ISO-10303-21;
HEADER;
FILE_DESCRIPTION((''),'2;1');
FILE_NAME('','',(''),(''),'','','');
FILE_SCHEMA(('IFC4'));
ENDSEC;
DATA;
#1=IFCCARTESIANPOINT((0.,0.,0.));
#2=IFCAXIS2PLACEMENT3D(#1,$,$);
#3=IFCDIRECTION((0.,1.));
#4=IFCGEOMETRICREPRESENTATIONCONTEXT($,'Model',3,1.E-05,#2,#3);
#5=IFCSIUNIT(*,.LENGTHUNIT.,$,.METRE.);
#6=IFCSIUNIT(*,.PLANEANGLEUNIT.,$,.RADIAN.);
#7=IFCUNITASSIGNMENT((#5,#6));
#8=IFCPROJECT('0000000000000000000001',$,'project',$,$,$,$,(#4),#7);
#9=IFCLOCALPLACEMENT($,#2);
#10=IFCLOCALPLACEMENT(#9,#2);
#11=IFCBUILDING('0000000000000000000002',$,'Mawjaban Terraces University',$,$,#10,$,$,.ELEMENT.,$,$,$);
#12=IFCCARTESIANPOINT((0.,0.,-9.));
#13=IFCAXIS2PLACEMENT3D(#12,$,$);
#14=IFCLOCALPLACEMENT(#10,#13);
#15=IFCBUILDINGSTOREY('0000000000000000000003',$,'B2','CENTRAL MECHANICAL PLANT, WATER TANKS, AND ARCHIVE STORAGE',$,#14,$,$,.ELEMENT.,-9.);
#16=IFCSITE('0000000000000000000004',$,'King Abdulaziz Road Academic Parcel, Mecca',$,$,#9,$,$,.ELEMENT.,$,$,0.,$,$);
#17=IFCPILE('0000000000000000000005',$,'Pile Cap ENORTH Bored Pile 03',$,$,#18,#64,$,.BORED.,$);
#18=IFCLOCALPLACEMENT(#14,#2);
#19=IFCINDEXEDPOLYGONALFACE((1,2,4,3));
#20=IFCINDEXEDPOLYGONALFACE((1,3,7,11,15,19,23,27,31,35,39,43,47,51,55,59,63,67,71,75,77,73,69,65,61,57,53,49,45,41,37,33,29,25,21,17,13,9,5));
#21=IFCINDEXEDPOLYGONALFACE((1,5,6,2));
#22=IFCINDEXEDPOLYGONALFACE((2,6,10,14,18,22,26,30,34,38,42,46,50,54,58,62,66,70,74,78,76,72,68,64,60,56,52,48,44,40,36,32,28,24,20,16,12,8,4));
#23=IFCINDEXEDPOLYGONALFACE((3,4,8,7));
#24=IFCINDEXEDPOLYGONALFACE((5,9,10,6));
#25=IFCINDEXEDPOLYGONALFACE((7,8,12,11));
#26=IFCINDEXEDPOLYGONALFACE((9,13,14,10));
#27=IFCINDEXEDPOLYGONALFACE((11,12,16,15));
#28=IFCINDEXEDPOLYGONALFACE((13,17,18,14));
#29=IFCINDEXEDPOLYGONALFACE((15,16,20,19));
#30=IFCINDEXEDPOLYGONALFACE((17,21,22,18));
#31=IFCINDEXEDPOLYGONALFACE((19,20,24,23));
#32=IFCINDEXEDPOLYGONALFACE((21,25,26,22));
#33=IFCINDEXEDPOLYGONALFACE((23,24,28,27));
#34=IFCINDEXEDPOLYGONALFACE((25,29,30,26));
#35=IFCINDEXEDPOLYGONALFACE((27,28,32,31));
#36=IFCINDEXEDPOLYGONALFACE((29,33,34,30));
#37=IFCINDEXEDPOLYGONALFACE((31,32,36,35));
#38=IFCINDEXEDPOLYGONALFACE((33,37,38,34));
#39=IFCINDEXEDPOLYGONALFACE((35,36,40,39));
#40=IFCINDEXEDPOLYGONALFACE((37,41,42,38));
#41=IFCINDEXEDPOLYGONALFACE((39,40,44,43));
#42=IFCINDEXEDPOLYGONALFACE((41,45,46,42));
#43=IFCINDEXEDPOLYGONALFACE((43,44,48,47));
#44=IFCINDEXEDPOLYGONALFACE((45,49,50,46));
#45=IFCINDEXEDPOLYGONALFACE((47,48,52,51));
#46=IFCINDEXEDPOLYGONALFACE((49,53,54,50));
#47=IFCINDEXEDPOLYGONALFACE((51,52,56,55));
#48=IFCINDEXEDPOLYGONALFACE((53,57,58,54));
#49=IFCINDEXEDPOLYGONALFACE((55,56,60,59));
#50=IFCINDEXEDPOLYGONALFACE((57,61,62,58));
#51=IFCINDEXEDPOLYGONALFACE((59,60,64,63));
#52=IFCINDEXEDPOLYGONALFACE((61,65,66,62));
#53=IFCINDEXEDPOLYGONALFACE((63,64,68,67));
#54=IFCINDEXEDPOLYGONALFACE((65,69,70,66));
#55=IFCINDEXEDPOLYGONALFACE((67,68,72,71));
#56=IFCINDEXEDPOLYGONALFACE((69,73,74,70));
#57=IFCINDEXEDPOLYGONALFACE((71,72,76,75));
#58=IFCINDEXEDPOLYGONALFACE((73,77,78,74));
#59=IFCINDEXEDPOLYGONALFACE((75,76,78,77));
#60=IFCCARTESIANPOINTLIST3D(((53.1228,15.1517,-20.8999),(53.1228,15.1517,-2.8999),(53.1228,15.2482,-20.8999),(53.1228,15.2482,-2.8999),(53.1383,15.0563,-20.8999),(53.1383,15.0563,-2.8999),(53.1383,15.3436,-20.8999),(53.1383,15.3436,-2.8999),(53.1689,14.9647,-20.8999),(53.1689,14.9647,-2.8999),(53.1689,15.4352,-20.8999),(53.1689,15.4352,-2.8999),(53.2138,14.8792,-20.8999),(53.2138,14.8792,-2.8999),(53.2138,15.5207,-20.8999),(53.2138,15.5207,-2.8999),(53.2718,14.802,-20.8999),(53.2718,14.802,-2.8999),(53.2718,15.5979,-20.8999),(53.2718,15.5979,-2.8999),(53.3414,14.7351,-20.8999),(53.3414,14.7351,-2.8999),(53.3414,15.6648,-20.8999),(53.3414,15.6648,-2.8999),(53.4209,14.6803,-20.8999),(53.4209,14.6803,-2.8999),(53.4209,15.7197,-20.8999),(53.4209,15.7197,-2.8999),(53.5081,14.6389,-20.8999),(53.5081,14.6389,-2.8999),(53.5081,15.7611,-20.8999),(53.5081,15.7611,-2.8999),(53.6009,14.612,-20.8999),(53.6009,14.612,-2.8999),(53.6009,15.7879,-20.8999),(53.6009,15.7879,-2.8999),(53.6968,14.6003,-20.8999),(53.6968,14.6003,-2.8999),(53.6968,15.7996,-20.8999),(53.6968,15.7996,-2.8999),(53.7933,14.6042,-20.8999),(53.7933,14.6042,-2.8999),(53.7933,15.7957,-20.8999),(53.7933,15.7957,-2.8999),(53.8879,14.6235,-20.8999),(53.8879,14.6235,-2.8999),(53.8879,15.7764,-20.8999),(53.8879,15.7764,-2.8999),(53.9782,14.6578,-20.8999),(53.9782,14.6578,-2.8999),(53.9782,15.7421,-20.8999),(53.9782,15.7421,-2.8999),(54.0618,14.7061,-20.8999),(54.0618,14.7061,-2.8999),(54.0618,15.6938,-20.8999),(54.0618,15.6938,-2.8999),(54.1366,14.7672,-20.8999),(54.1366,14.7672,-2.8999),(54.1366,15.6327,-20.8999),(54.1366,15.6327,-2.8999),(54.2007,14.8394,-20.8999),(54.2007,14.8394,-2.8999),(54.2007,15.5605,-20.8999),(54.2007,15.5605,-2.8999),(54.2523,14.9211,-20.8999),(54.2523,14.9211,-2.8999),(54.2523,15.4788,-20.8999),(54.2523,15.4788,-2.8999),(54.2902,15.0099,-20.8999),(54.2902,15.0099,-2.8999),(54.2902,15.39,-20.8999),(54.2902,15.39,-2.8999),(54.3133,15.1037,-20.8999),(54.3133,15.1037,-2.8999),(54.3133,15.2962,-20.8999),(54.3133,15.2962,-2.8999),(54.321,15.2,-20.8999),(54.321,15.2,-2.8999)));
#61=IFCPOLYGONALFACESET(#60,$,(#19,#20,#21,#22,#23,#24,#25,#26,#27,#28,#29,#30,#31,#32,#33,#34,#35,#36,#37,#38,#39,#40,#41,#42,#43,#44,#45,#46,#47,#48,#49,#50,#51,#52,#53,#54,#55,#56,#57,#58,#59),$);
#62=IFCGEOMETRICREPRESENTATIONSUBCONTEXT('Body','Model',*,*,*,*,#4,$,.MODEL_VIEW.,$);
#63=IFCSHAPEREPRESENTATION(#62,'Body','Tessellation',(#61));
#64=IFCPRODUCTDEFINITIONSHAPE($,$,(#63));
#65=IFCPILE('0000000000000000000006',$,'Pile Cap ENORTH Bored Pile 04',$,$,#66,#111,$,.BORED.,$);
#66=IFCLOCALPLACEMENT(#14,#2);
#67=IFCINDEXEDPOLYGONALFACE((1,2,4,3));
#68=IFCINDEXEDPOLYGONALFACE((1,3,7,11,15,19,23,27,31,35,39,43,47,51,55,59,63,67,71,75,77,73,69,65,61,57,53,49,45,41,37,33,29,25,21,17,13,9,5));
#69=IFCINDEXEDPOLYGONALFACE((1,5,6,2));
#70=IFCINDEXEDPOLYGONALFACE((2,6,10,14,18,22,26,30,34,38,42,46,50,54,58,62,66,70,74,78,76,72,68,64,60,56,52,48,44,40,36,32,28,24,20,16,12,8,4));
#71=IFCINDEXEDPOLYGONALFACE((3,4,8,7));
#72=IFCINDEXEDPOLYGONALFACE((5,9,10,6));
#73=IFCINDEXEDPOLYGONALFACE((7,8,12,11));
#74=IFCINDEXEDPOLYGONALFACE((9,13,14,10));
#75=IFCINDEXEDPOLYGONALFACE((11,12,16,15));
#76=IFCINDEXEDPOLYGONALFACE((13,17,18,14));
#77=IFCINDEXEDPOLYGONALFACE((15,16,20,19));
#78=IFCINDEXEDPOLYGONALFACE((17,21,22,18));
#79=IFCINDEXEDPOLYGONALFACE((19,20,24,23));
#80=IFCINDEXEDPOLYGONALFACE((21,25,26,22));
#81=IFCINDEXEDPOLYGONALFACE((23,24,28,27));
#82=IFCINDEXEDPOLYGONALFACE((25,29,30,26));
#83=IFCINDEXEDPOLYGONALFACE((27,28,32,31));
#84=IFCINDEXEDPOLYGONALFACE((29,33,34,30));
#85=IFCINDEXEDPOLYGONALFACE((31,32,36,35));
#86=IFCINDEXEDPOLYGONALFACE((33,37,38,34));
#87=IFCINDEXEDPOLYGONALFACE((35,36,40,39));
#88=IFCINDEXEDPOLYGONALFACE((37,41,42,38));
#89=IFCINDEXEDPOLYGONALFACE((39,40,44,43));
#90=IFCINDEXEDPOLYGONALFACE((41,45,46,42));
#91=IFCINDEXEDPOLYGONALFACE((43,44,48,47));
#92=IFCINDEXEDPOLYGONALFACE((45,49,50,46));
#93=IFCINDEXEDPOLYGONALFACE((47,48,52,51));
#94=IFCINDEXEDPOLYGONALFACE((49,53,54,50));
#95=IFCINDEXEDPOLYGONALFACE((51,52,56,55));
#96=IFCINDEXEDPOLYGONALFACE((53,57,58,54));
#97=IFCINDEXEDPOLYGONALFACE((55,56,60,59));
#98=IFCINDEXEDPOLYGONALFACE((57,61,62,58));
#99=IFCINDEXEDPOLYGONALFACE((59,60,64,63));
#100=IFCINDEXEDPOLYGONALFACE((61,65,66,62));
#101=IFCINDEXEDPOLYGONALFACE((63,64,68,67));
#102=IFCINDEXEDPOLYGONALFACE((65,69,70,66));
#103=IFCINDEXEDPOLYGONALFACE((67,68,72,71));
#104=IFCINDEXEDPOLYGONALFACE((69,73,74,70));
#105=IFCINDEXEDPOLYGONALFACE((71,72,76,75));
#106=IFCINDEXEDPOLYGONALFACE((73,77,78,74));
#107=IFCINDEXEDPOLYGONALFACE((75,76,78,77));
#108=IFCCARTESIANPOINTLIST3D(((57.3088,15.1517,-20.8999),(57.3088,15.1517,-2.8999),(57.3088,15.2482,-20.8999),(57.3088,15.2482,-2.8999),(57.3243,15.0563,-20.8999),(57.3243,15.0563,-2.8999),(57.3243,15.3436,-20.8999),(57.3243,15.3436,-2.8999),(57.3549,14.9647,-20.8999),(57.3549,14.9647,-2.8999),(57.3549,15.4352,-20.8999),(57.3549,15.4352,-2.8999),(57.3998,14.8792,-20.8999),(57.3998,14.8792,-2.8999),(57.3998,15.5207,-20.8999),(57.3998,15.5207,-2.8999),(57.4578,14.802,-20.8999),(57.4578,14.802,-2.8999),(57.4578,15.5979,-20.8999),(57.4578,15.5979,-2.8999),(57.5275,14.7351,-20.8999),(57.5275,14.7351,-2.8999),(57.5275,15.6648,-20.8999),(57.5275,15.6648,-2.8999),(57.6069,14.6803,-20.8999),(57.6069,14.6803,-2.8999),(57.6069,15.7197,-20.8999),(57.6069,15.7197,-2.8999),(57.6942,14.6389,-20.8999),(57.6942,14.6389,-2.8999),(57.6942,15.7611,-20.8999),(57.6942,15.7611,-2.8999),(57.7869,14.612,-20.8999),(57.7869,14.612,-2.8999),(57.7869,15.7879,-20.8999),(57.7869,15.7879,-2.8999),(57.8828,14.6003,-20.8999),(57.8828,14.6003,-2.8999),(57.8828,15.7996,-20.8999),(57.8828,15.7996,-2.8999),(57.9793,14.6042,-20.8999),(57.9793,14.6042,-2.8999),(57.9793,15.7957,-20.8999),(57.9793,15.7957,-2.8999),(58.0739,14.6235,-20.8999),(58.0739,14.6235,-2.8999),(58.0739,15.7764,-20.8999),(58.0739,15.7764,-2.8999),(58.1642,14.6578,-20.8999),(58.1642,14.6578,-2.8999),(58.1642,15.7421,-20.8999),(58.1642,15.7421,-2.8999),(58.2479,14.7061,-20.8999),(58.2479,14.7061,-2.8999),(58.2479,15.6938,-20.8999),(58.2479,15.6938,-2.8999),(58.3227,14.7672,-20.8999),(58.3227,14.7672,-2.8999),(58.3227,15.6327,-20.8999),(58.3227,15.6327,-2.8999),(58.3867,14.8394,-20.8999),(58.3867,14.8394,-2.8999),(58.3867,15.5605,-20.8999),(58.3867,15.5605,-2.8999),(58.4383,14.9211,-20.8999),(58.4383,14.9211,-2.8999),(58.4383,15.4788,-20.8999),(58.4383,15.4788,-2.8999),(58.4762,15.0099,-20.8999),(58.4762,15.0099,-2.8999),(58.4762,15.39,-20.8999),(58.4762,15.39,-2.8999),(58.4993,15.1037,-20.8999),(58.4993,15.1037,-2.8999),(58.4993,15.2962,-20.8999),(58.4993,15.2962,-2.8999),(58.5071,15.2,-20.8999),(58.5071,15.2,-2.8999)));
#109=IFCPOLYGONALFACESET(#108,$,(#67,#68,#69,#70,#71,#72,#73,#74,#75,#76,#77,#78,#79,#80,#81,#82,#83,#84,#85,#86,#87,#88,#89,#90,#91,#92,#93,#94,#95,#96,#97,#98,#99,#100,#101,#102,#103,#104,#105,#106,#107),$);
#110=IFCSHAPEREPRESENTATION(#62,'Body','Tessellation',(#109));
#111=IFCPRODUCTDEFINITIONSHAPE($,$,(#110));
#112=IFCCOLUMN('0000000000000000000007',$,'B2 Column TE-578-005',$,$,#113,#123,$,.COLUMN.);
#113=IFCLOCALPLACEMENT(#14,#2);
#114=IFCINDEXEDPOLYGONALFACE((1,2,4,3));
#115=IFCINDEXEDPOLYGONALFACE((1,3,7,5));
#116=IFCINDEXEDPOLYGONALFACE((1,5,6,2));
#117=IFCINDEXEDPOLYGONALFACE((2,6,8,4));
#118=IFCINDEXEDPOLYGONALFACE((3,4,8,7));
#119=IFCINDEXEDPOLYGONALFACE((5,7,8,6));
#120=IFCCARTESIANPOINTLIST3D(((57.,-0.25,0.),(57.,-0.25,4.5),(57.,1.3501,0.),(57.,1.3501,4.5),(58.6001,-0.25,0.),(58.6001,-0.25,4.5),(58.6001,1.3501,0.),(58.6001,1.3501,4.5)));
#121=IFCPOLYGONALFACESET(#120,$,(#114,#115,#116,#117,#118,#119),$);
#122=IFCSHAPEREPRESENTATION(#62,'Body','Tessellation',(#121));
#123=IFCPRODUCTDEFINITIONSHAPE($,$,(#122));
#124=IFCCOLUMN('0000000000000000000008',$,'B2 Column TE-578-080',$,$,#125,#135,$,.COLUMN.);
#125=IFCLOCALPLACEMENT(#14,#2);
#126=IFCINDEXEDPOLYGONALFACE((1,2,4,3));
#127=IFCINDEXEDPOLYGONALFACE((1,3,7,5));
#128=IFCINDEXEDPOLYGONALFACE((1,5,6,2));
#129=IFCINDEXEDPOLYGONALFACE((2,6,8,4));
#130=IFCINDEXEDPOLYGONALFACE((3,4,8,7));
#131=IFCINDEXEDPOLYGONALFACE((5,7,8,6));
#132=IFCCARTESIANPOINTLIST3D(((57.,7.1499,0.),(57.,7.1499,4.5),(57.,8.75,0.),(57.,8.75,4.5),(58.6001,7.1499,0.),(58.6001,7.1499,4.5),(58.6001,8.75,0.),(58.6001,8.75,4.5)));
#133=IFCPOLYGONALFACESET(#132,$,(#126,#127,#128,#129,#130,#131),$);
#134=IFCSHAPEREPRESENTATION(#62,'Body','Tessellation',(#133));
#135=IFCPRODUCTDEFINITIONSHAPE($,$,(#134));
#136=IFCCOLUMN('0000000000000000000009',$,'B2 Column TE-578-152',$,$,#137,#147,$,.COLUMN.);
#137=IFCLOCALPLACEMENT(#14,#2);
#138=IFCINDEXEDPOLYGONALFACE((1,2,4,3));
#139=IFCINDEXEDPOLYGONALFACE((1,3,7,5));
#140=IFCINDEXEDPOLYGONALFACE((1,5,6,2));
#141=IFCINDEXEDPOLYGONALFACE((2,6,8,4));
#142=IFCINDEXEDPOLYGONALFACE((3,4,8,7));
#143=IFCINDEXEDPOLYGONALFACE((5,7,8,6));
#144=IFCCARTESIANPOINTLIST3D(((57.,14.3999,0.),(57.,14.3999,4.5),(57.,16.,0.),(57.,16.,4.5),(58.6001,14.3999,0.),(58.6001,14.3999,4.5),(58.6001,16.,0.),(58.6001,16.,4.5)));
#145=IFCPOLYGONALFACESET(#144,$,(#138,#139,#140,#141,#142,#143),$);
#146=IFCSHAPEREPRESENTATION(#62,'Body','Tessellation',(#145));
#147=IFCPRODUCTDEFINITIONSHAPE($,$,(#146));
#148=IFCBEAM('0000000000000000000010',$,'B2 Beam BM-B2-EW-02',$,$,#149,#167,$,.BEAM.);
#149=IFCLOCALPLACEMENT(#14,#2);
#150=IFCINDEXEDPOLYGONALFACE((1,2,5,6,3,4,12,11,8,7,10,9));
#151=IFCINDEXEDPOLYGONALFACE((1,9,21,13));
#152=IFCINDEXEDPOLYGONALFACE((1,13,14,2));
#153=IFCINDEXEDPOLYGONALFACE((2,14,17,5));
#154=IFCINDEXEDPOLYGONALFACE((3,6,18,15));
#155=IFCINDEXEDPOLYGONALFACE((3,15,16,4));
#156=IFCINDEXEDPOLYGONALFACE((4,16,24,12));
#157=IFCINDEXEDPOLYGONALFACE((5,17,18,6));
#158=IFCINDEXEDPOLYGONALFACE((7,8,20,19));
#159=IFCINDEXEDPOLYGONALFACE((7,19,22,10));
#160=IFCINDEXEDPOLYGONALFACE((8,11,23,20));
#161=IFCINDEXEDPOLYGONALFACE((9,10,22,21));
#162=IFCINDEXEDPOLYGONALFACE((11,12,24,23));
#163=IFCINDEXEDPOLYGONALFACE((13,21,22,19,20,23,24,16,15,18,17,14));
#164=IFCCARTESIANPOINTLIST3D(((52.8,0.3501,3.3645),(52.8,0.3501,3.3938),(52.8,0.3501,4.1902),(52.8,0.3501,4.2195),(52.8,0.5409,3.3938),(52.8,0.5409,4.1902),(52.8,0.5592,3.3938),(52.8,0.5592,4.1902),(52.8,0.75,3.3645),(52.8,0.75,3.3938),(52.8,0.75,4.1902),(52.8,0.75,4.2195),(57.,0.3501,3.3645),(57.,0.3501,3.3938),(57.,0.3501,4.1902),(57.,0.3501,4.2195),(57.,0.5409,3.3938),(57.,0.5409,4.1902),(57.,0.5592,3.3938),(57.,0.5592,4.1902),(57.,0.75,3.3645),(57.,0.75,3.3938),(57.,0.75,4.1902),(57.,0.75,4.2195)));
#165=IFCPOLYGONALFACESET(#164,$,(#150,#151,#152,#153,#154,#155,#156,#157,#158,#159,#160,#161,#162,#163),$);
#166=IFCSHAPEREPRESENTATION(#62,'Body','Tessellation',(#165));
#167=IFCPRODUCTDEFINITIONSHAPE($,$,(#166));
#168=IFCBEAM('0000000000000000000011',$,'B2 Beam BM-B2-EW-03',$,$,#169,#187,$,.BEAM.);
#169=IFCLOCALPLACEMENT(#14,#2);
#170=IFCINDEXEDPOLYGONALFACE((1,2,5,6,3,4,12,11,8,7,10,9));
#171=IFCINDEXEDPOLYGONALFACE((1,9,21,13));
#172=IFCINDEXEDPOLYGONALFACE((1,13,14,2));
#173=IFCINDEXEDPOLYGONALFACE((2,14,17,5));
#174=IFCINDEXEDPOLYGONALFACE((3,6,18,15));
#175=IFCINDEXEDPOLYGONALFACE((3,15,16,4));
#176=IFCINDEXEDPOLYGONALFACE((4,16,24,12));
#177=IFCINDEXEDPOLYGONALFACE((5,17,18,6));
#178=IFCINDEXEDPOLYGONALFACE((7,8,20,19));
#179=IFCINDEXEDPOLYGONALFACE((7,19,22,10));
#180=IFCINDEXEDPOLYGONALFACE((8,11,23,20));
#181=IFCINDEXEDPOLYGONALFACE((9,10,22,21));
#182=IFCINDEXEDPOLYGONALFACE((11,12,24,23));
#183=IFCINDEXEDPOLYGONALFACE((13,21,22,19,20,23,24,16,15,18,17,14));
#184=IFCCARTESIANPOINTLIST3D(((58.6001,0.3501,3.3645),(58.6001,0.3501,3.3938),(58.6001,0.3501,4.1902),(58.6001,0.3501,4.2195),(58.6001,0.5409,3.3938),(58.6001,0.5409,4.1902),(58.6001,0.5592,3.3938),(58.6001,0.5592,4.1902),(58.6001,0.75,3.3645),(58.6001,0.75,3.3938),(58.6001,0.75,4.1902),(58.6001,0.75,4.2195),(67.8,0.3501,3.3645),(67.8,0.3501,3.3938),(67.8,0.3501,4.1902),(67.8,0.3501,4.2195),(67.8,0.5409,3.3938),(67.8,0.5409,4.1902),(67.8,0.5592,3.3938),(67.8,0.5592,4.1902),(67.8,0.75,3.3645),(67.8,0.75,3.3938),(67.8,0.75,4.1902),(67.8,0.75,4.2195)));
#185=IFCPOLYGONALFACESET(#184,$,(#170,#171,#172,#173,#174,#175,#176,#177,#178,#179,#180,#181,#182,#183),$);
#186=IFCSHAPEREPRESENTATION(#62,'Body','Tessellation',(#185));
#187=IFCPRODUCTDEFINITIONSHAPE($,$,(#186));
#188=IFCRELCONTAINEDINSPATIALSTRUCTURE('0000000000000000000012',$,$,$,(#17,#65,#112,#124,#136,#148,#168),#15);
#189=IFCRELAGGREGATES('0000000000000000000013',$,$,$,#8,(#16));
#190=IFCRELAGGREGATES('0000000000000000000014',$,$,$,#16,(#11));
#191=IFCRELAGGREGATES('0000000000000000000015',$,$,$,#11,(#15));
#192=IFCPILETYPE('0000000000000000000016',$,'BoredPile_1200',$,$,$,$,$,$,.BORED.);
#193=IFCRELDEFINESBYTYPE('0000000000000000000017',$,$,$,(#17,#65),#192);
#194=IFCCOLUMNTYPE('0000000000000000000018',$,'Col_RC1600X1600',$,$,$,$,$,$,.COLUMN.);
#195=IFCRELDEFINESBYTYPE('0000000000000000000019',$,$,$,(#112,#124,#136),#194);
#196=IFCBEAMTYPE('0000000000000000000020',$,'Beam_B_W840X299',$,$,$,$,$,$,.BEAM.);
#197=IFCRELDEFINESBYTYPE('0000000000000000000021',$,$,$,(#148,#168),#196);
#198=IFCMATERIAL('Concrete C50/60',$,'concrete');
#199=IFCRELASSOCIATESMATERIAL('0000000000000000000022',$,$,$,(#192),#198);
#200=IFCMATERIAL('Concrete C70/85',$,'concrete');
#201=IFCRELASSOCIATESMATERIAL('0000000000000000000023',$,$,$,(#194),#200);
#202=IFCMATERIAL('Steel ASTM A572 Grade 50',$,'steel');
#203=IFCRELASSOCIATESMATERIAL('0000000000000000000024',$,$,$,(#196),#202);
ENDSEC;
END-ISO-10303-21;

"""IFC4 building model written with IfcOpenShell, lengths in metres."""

from ifc_helpers import new_model, si_unit, direction, frame, origin, origin_2d, place, context, subcontext, project, spatial, rectangle, circle, i_section, extrude, material, material_profile, profile_set, type_object, element, save


model = new_model("IFC4")

# Units and contexts
model_context = context("Model", 3, precision=1e-05, world=origin(), true_north=direction((0.0, 1.0)))
body_context = subcontext(model_context, "Body", "Model", "MODEL_VIEW")
ifc_project = project(units=[si_unit("LENGTHUNIT", "METRE"), si_unit("PLANEANGLEUNIT", "RADIAN")], contexts=[model_context])

# Site, building, storey
site_placement = place(None, origin())
site = spatial("IfcSite", under=ifc_project, at=site_placement, Name="King Abdulaziz Road Academic Parcel, Mecca", CompositionType="ELEMENT", RefElevation=0.0)
building_placement = place(site_placement, origin())
building = spatial("IfcBuilding", under=site, at=building_placement, Name="Mawjaban Terraces University", CompositionType="ELEMENT")
storey_placement = place(building_placement, frame((0.0, 0.0, -9.0)))
storey = spatial("IfcBuildingStorey", under=building, at=storey_placement, Name="B2", Description="CENTRAL MECHANICAL PLANT, WATER TANKS, AND ARCHIVE STORAGE", CompositionType="ELEMENT", Elevation=-9.0)

# Piles
ifc_material_1 = material(Name="Concrete C50/60", Category="concrete")
ifc_material_profile_1 = material_profile(ifc_material_1, circle(Radius=0.6001, at=origin_2d()), Name="PILE1200")
ifc_profile_set_1 = profile_set([ifc_material_profile_1], Name="Concrete C50/60")
pile_type = type_object("IfcPileType", Name="BoredPile_1200", PredefinedType="BORED", material=ifc_profile_set_1)
for number, where, z_axis, x_axis, name in (
    (1, (53.7209, 15.2, -2.8999), (0.0, 0.0, -1.0), (1.0, 0.0, 0.0), "Pile Cap ENORTH Bored Pile 03"),
    (2, (57.907, 15.2, -2.8999), (0.0, 0.0, -1.0), (1.0, 0.0, 0.0), "Pile Cap ENORTH Bored Pile 04"),
):
    element("IfcPile", number, at=place(storey_placement, frame(where, z_axis=z_axis, x_axis=x_axis)), inside=storey, type_object=pile_type, Name=name, PredefinedType="BORED", context=body_context, shape_type="SweptSolid", body=[
        extrude(circle(Radius=0.6001, at=origin_2d()), origin(), (0.0, 0.0, 1.0), 18.0),
    ])

# Columns
ifc_material_2 = material(Name="Concrete C70/85", Category="concrete")
ifc_material_profile_2 = material_profile(ifc_material_2, rectangle(XDim=1.6001, YDim=1.6001, at=origin_2d()), Name="RC1600X1600")
ifc_profile_set_2 = profile_set([ifc_material_profile_2], Name="Concrete C70/85")
column_type = type_object("IfcColumnType", Name="Col_RC1600X1600", PredefinedType="COLUMN", material=ifc_profile_set_2)
for number, where, z_axis, x_axis, name in (
    (3, (57.8, 0.55, 0.0), (0.0, 0.0, 1.0), (1.0, 0.0, 0.0), "B2 Column TE-578-005"),
    (4, (57.8, 7.95, 0.0), (0.0, 0.0, 1.0), (1.0, 0.0, 0.0), "B2 Column TE-578-080"),
    (5, (57.8, 15.2, 0.0), (0.0, 0.0, 1.0), (1.0, 0.0, 0.0), "B2 Column TE-578-152"),
):
    element("IfcColumn", number, at=place(storey_placement, frame(where, z_axis=z_axis, x_axis=x_axis)), inside=storey, type_object=column_type, Name=name, PredefinedType="COLUMN", context=body_context, shape_type="SweptSolid", body=[
        extrude(rectangle(XDim=1.6001, YDim=1.6001, at=origin_2d()), origin(), (0.0, 0.0, 1.0), 4.5),
    ])

# Beams
ifc_material_3 = material(Name="Steel ASTM A572 Grade 50", Category="steel")
ifc_material_profile_3 = material_profile(ifc_material_3, i_section(OverallWidth=0.3999, OverallDepth=0.855, WebThickness=0.0183, FlangeThickness=0.0293, at=origin_2d()), Name="W840X299")
ifc_profile_set_3 = profile_set([ifc_material_profile_3], Name="Steel ASTM A572 Grade 50")
beam_type_1 = type_object("IfcBeamType", Name="Beam_B_W840X299", PredefinedType="BEAM", material=ifc_profile_set_3)
beam_1_placement = place(storey_placement, frame((52.8, 0.55, 3.792), z_axis=(1.0, 0.0, 0.0), x_axis=(0.0, 1.0, 0.0)))
element("IfcBeam", 6, at=beam_1_placement, inside=storey, type_object=beam_type_1, Name="B2 Beam BM-B2-EW-02", PredefinedType="BEAM", context=body_context, shape_type="SweptSolid", body=[
    extrude(i_section(OverallWidth=0.3999, OverallDepth=0.855, WebThickness=0.0183, FlangeThickness=0.0293, at=origin_2d()), origin(), (0.0, 0.0, 1.0), 4.2),
])
beam_2_placement = place(storey_placement, frame((58.6001, 0.55, 3.792), z_axis=(1.0, 0.0, 0.0), x_axis=(0.0, 1.0, 0.0)))
element("IfcBeam", 7, at=beam_2_placement, inside=storey, type_object=beam_type_1, Name="B2 Beam BM-B2-EW-03", PredefinedType="BEAM", context=body_context, shape_type="SweptSolid", body=[
    extrude(i_section(OverallWidth=0.3999, OverallDepth=0.855, WebThickness=0.0183, FlangeThickness=0.0293, at=origin_2d()), origin(), (0.0, 0.0, 1.0), 9.2),
])

save(model, "model.ifc")
